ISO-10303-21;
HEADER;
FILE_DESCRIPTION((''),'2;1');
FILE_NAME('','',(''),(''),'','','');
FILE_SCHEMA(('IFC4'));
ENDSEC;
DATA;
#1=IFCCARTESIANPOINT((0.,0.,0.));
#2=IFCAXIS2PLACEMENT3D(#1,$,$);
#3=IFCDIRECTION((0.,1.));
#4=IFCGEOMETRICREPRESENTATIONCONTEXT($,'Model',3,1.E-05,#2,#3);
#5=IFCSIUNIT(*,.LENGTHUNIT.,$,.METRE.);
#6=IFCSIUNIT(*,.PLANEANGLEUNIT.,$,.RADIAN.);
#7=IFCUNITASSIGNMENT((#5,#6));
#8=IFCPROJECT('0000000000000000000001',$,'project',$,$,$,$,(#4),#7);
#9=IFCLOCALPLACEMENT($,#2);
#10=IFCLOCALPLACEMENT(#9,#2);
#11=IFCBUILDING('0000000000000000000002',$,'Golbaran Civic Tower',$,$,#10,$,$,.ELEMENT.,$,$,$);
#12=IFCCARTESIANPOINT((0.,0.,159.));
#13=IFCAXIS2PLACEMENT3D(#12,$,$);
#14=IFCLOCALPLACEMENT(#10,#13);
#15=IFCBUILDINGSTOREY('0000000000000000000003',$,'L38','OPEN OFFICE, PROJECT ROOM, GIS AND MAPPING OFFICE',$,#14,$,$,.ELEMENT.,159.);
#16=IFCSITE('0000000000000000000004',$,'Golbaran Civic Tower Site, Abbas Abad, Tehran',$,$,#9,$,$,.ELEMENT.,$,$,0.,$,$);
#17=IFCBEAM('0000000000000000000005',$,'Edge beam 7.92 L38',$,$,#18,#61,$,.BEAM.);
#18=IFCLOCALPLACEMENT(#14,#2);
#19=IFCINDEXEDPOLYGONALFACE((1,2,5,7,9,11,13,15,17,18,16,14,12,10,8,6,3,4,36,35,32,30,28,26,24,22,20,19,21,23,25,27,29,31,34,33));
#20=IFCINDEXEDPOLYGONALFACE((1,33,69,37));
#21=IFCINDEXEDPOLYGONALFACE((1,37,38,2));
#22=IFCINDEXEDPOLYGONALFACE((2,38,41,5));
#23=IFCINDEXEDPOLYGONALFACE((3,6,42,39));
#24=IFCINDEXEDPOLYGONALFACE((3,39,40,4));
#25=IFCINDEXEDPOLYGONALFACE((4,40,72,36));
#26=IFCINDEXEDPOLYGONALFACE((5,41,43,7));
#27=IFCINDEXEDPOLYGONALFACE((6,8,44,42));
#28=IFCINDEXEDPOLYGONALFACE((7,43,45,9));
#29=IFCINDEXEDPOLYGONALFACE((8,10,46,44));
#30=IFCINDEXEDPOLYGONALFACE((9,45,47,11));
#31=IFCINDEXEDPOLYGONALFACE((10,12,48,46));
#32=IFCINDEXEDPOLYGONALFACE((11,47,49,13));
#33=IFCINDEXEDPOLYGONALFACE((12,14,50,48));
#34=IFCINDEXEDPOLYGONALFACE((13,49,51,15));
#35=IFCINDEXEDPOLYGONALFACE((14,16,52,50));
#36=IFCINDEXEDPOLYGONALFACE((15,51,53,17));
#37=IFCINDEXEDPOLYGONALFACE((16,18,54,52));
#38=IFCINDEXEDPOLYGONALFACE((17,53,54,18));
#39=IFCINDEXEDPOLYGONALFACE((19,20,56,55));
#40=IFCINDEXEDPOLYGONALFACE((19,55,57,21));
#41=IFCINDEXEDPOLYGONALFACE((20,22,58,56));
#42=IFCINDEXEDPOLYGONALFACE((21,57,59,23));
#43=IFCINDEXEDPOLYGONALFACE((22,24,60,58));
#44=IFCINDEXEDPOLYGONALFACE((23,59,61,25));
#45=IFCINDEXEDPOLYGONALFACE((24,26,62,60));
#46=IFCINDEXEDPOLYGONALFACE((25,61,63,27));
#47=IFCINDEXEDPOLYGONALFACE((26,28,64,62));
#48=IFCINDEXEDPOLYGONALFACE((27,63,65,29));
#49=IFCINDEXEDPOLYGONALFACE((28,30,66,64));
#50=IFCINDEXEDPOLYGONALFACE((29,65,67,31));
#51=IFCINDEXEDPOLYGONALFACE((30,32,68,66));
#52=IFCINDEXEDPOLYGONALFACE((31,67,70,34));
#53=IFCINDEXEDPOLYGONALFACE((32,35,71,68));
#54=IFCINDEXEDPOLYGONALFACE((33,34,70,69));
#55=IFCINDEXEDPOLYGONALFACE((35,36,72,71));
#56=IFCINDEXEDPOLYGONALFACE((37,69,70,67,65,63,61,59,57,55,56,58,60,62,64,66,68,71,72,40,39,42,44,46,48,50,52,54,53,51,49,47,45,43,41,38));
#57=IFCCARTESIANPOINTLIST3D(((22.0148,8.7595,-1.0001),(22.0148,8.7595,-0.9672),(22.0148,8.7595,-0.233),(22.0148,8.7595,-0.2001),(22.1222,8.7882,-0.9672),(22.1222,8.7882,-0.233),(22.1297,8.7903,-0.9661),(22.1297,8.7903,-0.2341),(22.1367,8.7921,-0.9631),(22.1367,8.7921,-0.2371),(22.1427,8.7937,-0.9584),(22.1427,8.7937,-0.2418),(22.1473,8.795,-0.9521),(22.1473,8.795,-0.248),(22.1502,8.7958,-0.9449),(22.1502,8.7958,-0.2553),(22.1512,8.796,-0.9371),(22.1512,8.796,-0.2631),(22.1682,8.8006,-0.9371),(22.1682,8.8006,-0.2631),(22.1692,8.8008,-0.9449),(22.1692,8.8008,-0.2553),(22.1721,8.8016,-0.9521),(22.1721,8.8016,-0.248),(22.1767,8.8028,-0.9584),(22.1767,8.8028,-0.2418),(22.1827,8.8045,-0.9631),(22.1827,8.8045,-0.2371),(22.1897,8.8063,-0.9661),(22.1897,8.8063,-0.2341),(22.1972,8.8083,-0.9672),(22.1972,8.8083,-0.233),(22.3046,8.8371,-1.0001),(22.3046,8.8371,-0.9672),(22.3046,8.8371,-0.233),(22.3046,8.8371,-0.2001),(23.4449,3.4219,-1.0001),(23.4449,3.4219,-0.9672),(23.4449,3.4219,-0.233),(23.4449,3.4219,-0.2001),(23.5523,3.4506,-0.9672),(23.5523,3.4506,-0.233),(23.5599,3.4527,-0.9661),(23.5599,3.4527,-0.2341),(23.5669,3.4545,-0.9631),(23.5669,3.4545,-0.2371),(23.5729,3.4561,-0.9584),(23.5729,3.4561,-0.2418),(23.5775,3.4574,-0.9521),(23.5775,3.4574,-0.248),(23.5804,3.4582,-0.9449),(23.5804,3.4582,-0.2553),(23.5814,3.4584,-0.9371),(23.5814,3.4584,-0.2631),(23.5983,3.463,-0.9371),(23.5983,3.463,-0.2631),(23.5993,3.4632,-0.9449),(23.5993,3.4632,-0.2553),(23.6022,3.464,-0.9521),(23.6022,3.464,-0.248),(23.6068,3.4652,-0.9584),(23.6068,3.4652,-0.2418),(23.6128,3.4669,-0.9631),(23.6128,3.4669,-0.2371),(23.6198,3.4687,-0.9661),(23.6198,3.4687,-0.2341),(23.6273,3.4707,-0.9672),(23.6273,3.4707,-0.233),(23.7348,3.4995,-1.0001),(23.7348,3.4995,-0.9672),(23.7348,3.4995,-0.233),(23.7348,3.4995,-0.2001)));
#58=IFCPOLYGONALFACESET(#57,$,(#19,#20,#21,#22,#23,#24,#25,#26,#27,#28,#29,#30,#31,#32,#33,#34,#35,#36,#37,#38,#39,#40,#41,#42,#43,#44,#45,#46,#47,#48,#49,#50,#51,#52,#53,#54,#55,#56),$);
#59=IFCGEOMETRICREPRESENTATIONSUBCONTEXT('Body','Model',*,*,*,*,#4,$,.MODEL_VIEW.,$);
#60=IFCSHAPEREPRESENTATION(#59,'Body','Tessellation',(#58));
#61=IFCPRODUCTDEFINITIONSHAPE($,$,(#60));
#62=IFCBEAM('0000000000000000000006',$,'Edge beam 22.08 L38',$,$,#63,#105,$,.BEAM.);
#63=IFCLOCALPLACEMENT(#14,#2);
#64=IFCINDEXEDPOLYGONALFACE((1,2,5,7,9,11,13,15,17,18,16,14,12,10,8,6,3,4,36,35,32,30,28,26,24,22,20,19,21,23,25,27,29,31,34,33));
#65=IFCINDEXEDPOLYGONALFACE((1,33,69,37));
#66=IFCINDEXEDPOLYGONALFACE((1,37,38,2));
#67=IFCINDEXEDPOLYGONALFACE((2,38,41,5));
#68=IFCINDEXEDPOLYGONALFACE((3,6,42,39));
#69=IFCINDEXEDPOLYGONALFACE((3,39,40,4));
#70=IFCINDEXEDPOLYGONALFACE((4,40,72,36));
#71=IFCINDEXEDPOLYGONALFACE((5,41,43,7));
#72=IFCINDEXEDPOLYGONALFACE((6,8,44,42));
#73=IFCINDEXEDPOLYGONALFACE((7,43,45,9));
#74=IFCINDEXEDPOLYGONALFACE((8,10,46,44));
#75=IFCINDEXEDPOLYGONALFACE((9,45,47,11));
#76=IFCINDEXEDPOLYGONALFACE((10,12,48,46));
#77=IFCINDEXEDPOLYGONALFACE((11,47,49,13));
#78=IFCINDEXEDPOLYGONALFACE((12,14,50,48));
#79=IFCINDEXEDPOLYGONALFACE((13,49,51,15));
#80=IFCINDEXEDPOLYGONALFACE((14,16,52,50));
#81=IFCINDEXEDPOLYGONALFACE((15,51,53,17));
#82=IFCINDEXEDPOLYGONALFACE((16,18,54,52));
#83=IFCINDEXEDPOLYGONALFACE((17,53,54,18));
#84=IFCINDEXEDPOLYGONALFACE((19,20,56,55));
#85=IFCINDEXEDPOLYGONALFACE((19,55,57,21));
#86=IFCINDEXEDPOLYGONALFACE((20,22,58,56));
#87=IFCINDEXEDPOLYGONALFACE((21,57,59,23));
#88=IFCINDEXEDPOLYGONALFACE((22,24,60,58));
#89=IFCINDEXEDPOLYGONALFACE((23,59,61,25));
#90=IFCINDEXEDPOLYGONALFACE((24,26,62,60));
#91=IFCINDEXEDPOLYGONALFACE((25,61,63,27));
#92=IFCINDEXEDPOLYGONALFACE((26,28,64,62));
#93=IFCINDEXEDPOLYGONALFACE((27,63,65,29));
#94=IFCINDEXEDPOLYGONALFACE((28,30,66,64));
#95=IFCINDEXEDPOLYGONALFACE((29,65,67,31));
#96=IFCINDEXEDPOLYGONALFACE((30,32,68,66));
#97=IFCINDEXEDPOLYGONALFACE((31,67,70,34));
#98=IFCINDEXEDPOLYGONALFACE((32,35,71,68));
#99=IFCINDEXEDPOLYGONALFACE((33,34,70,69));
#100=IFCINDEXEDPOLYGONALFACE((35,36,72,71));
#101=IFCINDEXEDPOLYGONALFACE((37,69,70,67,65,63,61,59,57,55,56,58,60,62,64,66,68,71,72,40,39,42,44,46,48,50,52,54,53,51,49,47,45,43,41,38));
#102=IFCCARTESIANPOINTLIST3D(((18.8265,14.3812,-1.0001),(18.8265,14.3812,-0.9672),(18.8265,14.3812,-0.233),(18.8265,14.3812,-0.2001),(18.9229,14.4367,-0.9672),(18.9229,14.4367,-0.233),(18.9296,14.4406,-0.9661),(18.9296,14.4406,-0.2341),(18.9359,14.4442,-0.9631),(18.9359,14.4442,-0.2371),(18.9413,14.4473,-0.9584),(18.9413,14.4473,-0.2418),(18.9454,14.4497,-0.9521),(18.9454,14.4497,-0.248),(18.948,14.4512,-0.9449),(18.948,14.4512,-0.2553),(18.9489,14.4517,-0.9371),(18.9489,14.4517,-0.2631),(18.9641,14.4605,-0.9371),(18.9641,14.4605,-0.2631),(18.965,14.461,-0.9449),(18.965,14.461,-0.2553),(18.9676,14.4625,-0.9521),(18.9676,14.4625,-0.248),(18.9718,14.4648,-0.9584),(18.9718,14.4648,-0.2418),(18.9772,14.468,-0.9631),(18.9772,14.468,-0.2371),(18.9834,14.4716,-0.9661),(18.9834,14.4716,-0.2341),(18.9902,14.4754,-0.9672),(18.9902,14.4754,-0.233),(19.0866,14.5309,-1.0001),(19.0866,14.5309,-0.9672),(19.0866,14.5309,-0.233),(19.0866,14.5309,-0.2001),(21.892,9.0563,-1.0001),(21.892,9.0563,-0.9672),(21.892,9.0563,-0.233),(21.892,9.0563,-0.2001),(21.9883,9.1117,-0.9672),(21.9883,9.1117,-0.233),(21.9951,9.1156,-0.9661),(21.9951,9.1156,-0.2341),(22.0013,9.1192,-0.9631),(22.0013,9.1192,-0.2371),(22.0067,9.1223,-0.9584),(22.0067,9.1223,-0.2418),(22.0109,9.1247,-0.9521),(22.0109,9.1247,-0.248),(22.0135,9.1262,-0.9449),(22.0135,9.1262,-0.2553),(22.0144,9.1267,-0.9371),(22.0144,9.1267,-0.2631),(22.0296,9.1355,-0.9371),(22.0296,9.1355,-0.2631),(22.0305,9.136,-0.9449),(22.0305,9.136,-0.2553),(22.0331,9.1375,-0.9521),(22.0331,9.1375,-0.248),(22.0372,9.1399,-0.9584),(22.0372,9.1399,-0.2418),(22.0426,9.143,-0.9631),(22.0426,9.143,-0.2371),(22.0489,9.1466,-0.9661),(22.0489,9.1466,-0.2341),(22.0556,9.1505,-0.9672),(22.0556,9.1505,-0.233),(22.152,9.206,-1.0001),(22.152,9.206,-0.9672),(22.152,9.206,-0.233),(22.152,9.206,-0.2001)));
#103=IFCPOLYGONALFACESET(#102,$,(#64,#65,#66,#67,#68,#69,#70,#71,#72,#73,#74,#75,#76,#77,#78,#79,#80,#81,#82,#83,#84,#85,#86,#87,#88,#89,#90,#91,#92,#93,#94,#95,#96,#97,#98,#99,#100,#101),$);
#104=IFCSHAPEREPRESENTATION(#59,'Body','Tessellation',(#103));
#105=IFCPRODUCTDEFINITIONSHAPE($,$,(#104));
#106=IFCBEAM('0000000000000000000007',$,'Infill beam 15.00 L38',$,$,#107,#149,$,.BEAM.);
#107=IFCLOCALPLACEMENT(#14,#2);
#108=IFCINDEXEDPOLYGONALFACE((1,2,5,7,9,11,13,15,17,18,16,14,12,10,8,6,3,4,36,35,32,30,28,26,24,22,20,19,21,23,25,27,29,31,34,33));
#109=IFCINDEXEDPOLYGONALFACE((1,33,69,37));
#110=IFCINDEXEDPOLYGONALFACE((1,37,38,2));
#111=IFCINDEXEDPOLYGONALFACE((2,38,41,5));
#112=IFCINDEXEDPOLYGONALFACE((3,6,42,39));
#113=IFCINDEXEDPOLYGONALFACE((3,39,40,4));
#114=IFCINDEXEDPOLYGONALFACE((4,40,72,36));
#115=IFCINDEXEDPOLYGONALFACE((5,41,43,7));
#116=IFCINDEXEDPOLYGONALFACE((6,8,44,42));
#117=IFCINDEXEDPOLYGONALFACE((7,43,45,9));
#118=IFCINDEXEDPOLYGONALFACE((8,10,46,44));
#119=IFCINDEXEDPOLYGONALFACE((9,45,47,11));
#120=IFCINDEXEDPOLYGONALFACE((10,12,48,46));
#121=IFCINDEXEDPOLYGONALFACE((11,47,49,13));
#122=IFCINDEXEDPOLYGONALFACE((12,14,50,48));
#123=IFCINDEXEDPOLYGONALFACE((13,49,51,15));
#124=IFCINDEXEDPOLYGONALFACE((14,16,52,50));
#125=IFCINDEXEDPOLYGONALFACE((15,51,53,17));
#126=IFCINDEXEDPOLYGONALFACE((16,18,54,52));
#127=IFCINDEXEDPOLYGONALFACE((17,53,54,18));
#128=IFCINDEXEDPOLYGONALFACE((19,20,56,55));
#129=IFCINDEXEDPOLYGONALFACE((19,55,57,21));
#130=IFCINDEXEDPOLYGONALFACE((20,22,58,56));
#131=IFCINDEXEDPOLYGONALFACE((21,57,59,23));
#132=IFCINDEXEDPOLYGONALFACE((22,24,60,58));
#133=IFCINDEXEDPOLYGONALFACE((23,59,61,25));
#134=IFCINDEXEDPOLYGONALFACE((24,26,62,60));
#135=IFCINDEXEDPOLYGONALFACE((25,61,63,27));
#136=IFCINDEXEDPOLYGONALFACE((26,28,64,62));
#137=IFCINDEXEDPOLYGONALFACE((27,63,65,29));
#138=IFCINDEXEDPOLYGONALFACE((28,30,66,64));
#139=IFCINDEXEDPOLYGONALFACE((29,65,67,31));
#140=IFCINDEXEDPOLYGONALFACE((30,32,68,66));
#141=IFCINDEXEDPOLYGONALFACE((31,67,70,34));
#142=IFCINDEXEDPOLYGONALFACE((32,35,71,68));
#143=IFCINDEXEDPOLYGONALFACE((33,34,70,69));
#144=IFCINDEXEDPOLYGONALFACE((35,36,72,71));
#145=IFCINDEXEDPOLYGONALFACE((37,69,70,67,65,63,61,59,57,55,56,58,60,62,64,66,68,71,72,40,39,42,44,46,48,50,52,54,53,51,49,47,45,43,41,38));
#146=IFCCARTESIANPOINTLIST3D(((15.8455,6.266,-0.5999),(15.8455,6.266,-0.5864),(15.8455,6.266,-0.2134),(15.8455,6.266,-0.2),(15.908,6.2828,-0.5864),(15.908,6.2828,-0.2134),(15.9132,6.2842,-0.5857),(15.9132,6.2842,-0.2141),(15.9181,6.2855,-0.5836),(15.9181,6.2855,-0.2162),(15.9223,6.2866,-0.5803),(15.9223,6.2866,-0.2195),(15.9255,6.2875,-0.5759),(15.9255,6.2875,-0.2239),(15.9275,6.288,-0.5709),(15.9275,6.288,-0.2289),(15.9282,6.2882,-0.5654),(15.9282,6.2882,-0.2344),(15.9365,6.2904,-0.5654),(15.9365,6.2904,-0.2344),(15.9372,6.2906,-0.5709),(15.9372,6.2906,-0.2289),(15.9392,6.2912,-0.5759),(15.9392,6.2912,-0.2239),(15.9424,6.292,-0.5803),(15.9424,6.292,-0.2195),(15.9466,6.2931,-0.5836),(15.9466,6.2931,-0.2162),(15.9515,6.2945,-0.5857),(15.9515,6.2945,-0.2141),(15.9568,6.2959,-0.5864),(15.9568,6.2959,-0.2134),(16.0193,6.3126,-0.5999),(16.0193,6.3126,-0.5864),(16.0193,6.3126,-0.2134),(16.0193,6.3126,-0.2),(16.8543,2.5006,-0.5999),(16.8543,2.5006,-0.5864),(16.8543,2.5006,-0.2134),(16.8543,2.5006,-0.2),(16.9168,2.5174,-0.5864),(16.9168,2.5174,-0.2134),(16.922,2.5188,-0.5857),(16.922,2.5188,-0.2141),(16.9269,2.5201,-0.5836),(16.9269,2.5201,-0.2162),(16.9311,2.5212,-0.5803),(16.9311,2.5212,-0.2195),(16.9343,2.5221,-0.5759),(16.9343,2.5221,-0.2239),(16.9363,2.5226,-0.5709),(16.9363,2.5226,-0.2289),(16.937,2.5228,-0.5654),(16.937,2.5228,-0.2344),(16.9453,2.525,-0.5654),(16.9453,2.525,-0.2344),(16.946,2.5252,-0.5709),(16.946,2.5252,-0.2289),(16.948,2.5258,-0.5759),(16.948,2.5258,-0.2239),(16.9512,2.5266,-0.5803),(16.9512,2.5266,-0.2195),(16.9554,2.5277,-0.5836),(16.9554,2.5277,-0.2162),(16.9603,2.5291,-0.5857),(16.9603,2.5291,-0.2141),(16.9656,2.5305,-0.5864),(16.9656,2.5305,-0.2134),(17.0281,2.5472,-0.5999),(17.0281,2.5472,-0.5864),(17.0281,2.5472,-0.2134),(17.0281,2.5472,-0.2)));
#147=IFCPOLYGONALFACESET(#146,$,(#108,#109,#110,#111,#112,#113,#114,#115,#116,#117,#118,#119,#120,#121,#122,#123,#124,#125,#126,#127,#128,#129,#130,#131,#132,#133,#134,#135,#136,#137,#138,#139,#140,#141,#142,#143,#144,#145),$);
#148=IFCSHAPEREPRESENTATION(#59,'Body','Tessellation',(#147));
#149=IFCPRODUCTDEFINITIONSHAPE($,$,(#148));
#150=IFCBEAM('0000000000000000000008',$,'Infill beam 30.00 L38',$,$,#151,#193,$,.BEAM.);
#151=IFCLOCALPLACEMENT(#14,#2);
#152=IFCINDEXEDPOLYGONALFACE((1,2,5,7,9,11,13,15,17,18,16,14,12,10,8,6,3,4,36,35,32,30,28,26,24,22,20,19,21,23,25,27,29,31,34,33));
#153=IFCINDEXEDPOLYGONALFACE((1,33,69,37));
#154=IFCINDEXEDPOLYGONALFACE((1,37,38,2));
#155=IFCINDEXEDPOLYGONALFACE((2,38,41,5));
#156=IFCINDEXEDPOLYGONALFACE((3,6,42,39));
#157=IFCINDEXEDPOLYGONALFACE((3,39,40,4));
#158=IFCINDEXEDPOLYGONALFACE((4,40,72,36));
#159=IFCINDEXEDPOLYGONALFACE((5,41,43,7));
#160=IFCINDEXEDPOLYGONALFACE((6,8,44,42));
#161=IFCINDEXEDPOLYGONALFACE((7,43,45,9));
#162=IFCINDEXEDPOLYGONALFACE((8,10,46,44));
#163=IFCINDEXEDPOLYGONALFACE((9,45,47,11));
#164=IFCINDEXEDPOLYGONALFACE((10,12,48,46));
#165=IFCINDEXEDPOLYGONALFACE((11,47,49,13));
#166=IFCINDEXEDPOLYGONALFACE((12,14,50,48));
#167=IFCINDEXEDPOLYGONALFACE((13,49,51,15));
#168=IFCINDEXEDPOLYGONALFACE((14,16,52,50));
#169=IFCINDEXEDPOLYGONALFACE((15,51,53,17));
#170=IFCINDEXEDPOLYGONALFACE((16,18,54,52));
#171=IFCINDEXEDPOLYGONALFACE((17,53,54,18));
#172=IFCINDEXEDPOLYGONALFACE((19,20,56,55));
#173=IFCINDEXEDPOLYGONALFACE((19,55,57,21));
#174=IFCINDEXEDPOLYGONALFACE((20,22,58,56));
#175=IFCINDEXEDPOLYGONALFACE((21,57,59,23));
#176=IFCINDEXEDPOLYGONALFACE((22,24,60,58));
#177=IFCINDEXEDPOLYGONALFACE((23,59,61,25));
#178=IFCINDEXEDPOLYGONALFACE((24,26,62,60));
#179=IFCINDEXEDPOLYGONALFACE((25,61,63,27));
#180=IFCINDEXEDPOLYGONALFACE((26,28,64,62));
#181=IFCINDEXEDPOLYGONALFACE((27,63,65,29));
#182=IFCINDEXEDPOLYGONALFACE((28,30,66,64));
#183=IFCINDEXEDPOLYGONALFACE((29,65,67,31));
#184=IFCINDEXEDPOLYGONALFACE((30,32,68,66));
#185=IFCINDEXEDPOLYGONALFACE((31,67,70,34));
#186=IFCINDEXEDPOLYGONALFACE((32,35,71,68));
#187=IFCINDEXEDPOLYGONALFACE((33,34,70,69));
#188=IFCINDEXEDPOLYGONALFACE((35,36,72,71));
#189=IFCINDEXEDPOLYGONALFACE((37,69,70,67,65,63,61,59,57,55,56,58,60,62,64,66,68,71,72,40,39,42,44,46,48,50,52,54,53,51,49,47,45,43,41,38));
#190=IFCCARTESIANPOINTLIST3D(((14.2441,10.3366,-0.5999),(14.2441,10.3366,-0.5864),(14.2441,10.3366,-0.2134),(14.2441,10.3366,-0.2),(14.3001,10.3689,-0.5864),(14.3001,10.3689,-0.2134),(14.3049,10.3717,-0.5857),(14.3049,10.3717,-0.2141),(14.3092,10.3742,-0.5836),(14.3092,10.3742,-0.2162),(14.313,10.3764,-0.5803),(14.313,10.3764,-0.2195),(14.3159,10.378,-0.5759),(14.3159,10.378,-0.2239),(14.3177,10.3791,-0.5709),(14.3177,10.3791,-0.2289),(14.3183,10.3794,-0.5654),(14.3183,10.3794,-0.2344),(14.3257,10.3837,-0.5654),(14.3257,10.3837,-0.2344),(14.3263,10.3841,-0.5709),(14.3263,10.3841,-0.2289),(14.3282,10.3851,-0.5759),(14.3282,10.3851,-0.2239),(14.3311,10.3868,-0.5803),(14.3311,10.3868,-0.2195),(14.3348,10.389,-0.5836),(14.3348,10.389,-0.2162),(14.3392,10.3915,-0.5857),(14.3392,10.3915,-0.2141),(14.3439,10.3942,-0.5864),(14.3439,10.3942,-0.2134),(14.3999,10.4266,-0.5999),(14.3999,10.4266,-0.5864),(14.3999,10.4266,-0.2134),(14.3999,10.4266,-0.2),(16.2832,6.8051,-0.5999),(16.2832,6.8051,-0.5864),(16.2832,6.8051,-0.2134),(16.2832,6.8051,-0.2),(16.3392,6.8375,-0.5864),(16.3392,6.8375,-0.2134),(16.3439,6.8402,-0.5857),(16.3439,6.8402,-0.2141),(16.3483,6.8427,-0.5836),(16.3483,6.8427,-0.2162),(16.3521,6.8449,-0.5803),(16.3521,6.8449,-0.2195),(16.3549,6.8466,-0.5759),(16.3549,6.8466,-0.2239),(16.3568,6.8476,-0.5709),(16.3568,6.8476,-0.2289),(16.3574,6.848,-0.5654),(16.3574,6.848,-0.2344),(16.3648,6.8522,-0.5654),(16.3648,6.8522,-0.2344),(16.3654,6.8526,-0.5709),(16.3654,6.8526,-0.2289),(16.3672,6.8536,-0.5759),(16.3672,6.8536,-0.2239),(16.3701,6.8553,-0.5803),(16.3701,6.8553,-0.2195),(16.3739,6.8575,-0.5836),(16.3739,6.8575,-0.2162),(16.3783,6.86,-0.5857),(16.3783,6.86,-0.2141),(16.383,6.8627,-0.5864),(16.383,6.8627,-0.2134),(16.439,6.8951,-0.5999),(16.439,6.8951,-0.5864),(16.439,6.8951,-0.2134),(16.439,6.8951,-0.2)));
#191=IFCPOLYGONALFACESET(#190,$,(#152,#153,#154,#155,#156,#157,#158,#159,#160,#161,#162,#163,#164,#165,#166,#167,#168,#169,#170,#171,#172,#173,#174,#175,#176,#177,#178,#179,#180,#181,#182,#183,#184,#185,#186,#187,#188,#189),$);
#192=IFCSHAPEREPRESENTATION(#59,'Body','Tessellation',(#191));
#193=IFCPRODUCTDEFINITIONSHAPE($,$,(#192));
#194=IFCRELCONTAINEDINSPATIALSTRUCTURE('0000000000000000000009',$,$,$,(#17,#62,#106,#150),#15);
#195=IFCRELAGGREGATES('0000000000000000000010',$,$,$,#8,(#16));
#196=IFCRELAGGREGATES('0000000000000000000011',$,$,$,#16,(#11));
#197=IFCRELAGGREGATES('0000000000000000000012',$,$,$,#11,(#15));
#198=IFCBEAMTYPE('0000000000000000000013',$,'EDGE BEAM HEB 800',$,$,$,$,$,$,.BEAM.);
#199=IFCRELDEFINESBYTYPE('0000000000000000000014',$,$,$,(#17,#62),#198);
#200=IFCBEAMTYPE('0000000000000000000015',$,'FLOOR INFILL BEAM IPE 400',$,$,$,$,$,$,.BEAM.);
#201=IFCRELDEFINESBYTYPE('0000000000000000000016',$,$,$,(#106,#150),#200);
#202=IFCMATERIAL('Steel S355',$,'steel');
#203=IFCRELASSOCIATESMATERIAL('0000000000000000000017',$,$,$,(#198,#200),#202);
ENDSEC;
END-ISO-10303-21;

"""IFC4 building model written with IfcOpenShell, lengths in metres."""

from ifc_helpers import new_model, si_unit, direction, frame, origin, origin_2d, place, context, subcontext, project, spatial, i_section, extrude, material, material_profile, profile_set, type_object, element, save


model = new_model("IFC4")

# Units and contexts
model_context = context("Model", 3, precision=1e-05, world=origin(), true_north=direction((0.0, 1.0)))
body_context = subcontext(model_context, "Body", "Model", "MODEL_VIEW")
ifc_project = project(units=[si_unit("LENGTHUNIT", "METRE"), si_unit("PLANEANGLEUNIT", "RADIAN")], contexts=[model_context])

# Site, building, storey
site_placement = place(None, origin())
site = spatial("IfcSite", under=ifc_project, at=site_placement, Name="Golbaran Civic Tower Site, Abbas Abad, Tehran", CompositionType="ELEMENT", RefElevation=0.0)
building_placement = place(site_placement, origin())
building = spatial("IfcBuilding", under=site, at=building_placement, Name="Golbaran Civic Tower", CompositionType="ELEMENT")
storey_placement = place(building_placement, frame((0.0, 0.0, 159.0)))
storey = spatial("IfcBuildingStorey", under=building, at=storey_placement, Name="L38", Description="OPEN OFFICE, PROJECT ROOM, GIS AND MAPPING OFFICE", CompositionType="ELEMENT", Elevation=159.0)

# Beams
ifc_material_1 = material(Name="Steel S355", Category="steel")
ifc_material_profile_1 = material_profile(ifc_material_1, i_section(OverallWidth=0.3, OverallDepth=0.8, WebThickness=0.0176, FlangeThickness=0.033, FilletRadius=0.03, at=origin_2d()), Name="HEB 800")
ifc_profile_set_1 = profile_set([ifc_material_profile_1], Name="Steel S355")
beam_type_1 = type_object("IfcBeamType", Name="EDGE BEAM HEB 800", PredefinedType="BEAM", material=ifc_profile_set_1)
beam_1_placement = place(storey_placement, frame((23.5898, 3.4607, -0.6001), z_axis=(-0.258812, 0.965928, 0.0), x_axis=(-0.965928, -0.258812, 0.0)))
element("IfcBeam", 1, at=beam_1_placement, inside=storey, type_object=beam_type_1, Name="Edge beam 7.92 L38", PredefinedType="BEAM", context=body_context, shape_type="SweptSolid", body=[
    extrude(i_section(OverallWidth=0.3, OverallDepth=0.8, WebThickness=0.0176, FlangeThickness=0.033, FilletRadius=0.03, at=origin_2d()), origin(), (0.0, 0.0, 1.0), 5.5259),
])
beam_2_placement = place(storey_placement, frame((22.022, 9.1311, -0.6001), z_axis=(-0.498909, 0.866654, 0.0), x_axis=(-0.866654, -0.498909, 0.0)))
element("IfcBeam", 2, at=beam_2_placement, inside=storey, type_object=beam_type_1, Name="Edge beam 22.08 L38", PredefinedType="BEAM", context=body_context, shape_type="SweptSolid", body=[
    extrude(i_section(OverallWidth=0.3, OverallDepth=0.8, WebThickness=0.0176, FlangeThickness=0.033, FilletRadius=0.03, at=origin_2d()), origin(), (0.0, 0.0, 1.0), 6.1443),
])
ifc_material_profile_2 = material_profile(ifc_material_1, i_section(OverallWidth=0.1799, OverallDepth=0.3999, WebThickness=0.0085, FlangeThickness=0.0134, FilletRadius=0.021, at=origin_2d()), Name="IPE 400")
ifc_profile_set_2 = profile_set([ifc_material_profile_2], Name="Steel S355")
beam_type_2 = type_object("IfcBeamType", Name="FLOOR INFILL BEAM IPE 400", PredefinedType="BEAM", material=ifc_profile_set_2)
beam_3_placement = place(storey_placement, frame((16.9412, 2.5239, -0.3999), z_axis=(-0.258785, 0.965935, 0.0), x_axis=(-0.965935, -0.258785, 0.0)))
element("IfcBeam", 3, at=beam_3_placement, inside=storey, type_object=beam_type_2, Name="Infill beam 15.00 L38", PredefinedType="BEAM", context=body_context, shape_type="SweptSolid", body=[
    extrude(i_section(OverallWidth=0.1799, OverallDepth=0.3999, WebThickness=0.0085, FlangeThickness=0.0134, FilletRadius=0.021, at=origin_2d()), origin(), (0.0, 0.0, 1.0), 3.8982),
])
beam_4_placement = place(storey_placement, frame((16.3611, 6.8501, -0.3999), z_axis=(-0.500028, 0.866009, 0.0), x_axis=(-0.866009, -0.500028, 0.0)))
element("IfcBeam", 4, at=beam_4_placement, inside=storey, type_object=beam_type_2, Name="Infill beam 30.00 L38", PredefinedType="BEAM", context=body_context, shape_type="SweptSolid", body=[
    extrude(i_section(OverallWidth=0.1799, OverallDepth=0.3999, WebThickness=0.0085, FlangeThickness=0.0134, FilletRadius=0.021, at=origin_2d()), origin(), (0.0, 0.0, 1.0), 4.0779),
])

save(model, "model.ifc")
